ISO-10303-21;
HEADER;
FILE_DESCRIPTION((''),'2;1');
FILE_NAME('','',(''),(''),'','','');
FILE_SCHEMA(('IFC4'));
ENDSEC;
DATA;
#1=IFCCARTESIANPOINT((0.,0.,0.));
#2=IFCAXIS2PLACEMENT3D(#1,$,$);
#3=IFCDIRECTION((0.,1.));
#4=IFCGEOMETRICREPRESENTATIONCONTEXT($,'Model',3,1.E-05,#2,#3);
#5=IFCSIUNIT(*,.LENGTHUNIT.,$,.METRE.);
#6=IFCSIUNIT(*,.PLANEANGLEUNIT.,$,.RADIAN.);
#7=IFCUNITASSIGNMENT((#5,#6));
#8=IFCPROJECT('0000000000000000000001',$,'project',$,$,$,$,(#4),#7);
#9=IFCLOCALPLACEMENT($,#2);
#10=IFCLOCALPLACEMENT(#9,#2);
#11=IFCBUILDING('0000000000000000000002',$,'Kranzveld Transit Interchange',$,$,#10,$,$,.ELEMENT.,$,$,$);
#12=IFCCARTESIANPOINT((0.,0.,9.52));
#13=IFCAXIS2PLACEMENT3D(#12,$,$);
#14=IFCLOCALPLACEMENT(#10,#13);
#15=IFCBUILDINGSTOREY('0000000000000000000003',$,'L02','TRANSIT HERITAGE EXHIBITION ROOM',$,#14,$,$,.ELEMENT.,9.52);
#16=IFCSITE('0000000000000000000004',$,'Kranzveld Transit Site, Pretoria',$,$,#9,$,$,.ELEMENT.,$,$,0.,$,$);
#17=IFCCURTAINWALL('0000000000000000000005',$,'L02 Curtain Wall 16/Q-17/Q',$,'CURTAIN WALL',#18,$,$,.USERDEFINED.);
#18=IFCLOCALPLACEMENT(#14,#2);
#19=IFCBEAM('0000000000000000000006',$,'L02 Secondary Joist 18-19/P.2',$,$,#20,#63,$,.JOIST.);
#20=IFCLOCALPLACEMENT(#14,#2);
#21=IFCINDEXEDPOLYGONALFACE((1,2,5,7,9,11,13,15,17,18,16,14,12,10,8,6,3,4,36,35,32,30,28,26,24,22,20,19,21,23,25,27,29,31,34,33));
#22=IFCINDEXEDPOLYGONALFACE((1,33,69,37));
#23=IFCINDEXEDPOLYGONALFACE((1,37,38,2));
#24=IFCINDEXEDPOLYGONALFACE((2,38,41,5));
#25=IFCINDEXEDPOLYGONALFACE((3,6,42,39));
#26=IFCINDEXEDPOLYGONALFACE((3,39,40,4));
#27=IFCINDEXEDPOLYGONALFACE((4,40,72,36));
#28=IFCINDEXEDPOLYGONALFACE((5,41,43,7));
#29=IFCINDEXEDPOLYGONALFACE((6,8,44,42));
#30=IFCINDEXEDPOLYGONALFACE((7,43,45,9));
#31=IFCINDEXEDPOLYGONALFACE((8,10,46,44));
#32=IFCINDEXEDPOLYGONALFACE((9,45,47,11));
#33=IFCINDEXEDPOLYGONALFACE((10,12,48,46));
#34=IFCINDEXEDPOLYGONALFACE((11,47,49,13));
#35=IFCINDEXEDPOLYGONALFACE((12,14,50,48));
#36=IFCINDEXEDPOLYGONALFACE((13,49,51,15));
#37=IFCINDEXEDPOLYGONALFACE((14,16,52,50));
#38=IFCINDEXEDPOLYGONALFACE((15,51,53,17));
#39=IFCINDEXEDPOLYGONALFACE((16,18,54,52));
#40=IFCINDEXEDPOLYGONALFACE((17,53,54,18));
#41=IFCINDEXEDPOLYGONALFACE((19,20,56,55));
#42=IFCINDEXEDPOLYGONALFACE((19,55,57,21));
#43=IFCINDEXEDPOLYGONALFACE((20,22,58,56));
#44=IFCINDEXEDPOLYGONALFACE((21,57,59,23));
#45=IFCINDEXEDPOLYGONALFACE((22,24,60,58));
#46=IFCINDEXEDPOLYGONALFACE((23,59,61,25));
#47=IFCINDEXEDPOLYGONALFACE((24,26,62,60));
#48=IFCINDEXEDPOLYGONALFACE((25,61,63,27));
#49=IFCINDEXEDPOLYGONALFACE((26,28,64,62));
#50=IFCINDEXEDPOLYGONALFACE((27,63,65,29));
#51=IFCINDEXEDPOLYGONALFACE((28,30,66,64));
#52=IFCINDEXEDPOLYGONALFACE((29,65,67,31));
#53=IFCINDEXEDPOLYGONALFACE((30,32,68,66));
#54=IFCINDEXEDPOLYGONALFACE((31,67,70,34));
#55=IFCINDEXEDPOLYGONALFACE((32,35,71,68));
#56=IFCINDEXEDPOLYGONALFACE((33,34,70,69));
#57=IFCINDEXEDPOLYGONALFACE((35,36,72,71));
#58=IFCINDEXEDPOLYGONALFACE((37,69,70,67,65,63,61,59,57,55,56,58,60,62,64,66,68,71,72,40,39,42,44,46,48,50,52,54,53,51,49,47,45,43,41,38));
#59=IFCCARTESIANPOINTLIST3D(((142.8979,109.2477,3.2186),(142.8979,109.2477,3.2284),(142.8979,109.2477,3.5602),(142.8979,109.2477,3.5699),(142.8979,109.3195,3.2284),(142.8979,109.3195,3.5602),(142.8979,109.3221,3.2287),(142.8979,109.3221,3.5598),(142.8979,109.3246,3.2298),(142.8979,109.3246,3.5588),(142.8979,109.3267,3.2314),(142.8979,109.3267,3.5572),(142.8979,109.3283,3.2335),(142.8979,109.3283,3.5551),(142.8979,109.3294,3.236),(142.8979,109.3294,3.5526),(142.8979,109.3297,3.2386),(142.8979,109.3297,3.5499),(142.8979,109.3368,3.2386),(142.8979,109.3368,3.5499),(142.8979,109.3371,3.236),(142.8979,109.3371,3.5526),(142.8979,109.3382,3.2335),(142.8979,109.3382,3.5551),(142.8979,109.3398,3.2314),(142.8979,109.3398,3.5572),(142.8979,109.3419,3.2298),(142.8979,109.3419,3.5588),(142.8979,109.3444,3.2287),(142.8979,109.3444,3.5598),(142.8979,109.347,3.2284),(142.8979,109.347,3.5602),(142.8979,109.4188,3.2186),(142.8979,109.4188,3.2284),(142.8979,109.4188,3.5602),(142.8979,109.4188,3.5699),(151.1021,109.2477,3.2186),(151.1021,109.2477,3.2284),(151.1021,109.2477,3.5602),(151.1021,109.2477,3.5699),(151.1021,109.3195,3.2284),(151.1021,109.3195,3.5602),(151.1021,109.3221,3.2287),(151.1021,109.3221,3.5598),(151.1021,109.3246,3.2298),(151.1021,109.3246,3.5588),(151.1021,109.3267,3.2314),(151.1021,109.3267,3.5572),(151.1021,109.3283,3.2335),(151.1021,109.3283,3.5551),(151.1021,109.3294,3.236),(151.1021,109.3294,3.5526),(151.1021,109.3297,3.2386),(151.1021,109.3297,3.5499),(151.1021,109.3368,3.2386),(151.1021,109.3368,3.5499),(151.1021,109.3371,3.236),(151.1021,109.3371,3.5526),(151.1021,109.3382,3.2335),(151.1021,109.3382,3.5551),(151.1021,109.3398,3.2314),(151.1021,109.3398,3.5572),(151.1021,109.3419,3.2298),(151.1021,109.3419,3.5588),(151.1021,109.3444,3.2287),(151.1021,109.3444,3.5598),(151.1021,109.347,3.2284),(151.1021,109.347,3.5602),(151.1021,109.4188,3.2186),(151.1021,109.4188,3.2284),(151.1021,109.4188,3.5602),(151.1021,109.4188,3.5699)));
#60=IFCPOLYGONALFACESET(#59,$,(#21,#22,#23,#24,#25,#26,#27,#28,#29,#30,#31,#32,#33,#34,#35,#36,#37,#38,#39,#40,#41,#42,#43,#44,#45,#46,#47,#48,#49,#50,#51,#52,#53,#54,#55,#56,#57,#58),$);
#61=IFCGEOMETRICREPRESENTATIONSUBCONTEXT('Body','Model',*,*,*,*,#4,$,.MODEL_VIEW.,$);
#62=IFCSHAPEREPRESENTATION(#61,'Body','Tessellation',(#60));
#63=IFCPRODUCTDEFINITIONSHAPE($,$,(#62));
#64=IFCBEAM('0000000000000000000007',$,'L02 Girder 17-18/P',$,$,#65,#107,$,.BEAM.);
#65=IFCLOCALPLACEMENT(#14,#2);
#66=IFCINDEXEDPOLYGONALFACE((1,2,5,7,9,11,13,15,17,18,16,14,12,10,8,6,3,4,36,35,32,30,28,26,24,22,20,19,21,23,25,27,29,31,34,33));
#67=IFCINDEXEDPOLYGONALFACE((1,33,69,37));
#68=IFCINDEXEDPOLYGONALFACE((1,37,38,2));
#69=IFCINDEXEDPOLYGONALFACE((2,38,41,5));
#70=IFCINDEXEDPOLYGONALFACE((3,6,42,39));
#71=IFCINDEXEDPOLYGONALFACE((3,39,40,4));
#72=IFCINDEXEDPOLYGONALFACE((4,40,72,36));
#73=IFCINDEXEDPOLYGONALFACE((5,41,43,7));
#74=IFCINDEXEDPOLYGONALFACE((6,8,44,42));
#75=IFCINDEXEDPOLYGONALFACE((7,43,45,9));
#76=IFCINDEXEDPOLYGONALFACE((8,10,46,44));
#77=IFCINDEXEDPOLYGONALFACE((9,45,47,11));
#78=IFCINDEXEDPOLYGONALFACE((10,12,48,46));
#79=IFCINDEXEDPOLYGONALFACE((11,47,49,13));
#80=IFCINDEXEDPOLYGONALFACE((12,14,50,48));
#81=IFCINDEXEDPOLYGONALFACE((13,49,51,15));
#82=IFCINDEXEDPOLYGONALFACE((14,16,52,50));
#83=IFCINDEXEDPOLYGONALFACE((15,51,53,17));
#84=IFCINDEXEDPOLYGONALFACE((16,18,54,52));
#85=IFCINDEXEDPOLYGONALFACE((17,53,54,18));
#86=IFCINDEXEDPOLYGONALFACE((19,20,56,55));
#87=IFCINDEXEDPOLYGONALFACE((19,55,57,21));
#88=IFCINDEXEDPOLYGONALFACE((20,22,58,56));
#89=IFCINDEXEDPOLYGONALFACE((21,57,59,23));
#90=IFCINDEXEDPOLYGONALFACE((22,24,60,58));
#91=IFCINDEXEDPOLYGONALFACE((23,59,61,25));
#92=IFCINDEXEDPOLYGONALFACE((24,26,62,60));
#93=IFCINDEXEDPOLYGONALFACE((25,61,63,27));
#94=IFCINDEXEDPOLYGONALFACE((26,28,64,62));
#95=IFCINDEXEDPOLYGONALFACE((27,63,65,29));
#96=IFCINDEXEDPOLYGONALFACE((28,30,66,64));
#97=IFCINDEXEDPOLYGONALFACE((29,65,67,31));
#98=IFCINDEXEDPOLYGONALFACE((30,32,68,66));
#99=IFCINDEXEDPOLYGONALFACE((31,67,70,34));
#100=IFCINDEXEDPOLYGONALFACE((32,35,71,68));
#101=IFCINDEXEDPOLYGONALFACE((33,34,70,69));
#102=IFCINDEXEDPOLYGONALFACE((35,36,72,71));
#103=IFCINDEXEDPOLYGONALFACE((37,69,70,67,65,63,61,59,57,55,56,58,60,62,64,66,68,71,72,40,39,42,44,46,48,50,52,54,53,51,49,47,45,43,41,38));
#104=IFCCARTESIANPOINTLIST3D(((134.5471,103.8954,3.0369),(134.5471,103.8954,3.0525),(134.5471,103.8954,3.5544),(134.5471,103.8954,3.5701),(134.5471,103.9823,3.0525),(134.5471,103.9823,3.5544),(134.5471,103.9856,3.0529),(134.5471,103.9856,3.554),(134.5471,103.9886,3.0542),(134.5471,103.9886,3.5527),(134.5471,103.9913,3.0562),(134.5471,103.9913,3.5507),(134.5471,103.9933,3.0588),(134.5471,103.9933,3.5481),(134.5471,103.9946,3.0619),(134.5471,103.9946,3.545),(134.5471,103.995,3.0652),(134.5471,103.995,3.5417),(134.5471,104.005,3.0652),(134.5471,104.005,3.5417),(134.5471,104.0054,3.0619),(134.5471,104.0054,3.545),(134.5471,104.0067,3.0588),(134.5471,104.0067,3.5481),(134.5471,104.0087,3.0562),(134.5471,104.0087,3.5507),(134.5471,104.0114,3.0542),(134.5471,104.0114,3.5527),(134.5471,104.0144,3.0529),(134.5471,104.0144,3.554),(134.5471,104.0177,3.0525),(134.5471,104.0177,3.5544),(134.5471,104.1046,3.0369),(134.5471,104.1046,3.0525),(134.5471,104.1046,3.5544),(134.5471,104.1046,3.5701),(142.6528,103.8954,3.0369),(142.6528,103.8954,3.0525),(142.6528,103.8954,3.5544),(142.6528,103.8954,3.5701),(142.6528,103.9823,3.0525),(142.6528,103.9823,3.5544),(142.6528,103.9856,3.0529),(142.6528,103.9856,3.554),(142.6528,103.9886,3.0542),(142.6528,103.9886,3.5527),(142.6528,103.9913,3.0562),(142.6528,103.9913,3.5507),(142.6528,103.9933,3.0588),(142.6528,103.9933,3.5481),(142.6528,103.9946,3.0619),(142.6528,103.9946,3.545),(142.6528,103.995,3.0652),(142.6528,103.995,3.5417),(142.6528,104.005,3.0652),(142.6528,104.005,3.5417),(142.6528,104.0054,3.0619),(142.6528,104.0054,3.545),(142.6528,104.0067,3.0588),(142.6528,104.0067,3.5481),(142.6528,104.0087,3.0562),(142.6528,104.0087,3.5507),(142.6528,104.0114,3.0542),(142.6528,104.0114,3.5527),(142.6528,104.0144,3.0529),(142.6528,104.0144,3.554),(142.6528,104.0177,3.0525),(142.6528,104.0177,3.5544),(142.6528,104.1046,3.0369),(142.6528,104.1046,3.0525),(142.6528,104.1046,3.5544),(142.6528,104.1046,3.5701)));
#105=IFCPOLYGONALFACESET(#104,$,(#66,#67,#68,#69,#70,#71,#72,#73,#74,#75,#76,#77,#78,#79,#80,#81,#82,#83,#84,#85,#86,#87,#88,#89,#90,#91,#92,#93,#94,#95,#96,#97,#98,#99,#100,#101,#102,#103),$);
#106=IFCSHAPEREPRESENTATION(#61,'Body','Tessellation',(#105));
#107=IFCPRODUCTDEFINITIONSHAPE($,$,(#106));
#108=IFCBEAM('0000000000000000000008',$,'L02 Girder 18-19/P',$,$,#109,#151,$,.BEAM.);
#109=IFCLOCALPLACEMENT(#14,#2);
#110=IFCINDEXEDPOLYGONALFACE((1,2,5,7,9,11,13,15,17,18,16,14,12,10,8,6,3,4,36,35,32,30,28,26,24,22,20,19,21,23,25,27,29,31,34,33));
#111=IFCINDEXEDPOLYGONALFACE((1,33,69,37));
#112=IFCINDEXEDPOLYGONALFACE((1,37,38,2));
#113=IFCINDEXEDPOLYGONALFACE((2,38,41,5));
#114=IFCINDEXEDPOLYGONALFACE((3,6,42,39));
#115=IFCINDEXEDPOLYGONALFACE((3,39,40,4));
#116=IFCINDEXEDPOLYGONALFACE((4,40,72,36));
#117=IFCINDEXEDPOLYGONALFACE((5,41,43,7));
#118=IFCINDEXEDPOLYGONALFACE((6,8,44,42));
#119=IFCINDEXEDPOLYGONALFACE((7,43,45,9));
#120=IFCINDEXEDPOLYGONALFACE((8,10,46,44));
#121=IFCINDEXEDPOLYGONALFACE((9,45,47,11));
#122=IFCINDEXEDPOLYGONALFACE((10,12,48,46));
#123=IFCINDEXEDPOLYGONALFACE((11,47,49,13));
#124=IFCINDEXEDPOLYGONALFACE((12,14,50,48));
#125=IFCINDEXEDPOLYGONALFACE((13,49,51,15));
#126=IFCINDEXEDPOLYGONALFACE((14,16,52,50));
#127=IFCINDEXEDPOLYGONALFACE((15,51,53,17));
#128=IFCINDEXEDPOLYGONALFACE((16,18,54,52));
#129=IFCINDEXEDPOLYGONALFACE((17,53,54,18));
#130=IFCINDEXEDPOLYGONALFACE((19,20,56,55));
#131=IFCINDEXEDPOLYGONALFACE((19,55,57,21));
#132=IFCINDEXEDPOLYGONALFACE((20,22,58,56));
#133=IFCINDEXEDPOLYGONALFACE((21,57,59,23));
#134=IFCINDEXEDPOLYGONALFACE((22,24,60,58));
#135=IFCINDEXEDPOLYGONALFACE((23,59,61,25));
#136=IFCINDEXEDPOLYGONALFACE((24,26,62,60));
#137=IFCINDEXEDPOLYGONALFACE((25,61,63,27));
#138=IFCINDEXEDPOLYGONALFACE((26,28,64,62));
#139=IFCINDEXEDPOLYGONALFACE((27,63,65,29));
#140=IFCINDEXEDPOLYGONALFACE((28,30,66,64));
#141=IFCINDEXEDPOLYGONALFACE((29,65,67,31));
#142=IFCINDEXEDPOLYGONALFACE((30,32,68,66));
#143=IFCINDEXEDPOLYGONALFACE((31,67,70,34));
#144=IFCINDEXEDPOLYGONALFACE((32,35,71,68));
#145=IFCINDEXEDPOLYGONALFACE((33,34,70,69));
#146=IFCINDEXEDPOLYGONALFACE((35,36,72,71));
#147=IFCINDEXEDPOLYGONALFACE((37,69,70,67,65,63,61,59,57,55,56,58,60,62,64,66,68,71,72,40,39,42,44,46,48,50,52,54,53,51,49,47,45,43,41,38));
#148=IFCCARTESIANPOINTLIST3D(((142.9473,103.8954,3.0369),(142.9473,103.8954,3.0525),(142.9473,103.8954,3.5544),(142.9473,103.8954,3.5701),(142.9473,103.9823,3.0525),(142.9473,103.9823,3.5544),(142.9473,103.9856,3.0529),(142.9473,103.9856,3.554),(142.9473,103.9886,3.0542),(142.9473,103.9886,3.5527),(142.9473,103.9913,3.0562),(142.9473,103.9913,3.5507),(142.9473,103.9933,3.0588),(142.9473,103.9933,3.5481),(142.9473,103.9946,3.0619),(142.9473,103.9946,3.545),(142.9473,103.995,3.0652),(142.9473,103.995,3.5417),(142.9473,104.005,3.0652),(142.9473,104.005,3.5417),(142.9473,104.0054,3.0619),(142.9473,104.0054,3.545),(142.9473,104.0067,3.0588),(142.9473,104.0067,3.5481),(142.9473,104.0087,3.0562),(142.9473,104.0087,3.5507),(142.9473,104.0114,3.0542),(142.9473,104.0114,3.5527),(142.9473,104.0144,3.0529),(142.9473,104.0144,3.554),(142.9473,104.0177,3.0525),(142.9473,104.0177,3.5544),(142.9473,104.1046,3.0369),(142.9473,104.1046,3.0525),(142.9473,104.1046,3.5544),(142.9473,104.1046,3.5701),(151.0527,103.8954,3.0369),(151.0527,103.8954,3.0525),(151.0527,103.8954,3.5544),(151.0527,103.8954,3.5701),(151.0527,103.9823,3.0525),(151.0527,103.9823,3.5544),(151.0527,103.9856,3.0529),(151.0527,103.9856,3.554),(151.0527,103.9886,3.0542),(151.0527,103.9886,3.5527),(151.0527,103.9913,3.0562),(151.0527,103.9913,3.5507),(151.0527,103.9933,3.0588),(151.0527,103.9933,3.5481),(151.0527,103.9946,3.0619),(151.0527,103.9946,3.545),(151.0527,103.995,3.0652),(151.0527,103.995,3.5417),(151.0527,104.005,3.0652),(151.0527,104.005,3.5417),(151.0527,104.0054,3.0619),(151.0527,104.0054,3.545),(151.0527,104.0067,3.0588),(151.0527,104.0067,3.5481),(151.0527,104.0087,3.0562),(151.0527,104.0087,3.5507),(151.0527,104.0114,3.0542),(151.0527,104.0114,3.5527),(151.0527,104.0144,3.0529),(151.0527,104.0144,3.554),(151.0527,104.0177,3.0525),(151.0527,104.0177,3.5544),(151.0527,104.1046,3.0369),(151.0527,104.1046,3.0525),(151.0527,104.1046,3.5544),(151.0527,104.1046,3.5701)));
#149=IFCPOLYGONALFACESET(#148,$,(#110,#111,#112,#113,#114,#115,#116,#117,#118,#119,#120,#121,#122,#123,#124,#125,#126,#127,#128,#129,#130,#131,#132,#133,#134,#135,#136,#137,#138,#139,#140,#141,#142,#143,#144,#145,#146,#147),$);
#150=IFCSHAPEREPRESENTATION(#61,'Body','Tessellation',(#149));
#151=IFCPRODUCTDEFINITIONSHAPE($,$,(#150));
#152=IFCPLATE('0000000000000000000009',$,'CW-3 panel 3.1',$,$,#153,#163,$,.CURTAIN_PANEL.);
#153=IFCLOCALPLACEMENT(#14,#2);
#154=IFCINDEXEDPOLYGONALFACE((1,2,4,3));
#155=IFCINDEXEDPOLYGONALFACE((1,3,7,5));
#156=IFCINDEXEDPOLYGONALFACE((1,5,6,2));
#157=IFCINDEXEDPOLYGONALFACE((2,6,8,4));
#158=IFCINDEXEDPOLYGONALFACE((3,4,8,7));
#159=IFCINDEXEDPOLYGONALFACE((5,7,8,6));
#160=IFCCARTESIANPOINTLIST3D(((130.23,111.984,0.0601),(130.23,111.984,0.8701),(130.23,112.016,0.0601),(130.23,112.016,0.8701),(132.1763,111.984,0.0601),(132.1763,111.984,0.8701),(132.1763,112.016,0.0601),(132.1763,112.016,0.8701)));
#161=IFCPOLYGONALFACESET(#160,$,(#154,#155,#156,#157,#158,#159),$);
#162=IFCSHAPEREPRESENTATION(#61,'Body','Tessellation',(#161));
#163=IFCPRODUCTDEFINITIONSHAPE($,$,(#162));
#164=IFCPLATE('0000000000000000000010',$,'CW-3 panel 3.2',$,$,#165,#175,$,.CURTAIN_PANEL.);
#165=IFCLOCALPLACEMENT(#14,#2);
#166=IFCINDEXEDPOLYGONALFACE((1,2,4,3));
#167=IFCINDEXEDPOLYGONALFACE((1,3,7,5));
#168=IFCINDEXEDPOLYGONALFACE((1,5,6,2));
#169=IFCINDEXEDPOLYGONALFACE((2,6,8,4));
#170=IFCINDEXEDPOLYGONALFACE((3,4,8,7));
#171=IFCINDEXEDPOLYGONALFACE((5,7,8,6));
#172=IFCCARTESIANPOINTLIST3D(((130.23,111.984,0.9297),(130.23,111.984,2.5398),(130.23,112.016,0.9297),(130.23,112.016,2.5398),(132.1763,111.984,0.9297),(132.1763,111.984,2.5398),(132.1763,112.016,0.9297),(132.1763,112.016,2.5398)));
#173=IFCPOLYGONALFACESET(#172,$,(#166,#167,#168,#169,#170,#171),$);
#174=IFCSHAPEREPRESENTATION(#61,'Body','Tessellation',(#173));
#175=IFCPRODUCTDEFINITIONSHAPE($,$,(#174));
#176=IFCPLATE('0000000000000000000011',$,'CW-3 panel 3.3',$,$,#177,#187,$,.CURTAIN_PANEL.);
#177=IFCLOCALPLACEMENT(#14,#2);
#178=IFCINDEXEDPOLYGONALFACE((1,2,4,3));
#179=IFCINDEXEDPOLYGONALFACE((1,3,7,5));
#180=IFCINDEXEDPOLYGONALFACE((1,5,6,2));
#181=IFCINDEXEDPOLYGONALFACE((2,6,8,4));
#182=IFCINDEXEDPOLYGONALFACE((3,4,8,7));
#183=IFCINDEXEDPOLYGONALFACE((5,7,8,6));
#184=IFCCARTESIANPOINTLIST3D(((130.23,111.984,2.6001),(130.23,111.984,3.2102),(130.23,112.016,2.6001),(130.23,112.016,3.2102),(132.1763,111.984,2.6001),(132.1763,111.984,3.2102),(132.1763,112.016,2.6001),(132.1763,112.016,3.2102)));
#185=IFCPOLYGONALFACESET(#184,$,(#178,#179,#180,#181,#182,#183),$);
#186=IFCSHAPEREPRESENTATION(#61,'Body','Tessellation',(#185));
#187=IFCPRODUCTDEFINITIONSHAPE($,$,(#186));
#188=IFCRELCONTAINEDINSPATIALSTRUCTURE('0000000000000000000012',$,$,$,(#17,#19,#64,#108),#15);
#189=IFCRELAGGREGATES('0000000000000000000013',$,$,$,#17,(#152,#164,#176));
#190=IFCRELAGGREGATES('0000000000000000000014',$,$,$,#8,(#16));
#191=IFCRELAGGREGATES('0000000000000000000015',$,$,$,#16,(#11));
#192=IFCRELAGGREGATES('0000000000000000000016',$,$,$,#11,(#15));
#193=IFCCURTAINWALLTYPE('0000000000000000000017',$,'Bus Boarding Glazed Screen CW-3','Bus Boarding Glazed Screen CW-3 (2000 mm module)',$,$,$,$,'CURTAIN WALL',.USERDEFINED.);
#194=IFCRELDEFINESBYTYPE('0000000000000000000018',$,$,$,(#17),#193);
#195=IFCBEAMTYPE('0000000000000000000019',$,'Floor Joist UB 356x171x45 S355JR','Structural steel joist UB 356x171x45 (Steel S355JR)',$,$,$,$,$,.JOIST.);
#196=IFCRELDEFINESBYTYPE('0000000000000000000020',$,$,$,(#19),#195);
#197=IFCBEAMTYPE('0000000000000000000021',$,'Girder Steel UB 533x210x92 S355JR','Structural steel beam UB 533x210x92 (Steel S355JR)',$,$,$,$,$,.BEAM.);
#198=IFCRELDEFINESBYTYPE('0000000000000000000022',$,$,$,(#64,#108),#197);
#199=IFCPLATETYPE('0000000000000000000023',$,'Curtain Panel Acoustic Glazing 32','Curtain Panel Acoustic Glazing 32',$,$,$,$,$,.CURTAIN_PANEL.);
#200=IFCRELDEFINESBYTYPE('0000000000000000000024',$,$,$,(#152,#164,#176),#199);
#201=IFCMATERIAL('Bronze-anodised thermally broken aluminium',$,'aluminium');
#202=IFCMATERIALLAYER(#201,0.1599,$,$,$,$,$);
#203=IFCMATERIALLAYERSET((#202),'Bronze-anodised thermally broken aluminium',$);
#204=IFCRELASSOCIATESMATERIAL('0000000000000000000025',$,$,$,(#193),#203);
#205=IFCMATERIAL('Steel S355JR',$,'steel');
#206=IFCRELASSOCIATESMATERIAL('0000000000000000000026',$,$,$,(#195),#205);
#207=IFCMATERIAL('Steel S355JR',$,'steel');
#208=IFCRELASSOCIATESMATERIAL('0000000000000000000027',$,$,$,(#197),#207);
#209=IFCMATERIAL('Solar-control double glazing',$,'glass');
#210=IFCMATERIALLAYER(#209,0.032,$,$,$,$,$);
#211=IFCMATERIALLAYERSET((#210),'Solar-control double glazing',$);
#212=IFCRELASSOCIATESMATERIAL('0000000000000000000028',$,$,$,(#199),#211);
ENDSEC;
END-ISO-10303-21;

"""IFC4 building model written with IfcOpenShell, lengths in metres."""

from ifc_helpers import new_model, si_unit, direction, frame, origin, origin_2d, place, context, subcontext, project, spatial, rectangle, i_section, extrude, material, layer, layer_set, material_profile, profile_set, type_object, element, aggregate, save


model = new_model("IFC4")

# Units and contexts
model_context = context("Model", 3, precision=1e-05, world=origin(), true_north=direction((0.0, 1.0)))
body_context = subcontext(model_context, "Body", "Model", "MODEL_VIEW")
ifc_project = project(units=[si_unit("LENGTHUNIT", "METRE"), si_unit("PLANEANGLEUNIT", "RADIAN")], contexts=[model_context])

# Site, building, storey
site_placement = place(None, origin())
site = spatial("IfcSite", under=ifc_project, at=site_placement, Name="Kranzveld Transit Site, Pretoria", CompositionType="ELEMENT", RefElevation=0.0)
building_placement = place(site_placement, origin())
building = spatial("IfcBuilding", under=site, at=building_placement, Name="Kranzveld Transit Interchange", CompositionType="ELEMENT")
storey_placement = place(building_placement, frame((0.0, 0.0, 9.52)))
storey = spatial("IfcBuildingStorey", under=building, at=storey_placement, Name="L02", Description="TRANSIT HERITAGE EXHIBITION ROOM", CompositionType="ELEMENT", Elevation=9.52)

# Curtain wall
ifc_material_1 = material(Name="Bronze-anodised thermally broken aluminium", Category="aluminium")
ifc_layer_1 = layer(ifc_material_1, 0.1599)
ifc_layer_set_1 = layer_set([ifc_layer_1], Name="Bronze-anodised thermally broken aluminium")
curtain_wall_type_1 = type_object("IfcCurtainWallType", Name="Bus Boarding Glazed Screen CW-3", Description="Bus Boarding Glazed Screen CW-3 (2000 mm module)", ElementType="CURTAIN WALL", PredefinedType="USERDEFINED", material=ifc_layer_set_1)
curtain_wall_1_placement = place(storey_placement, origin())
curtain_wall_1 = element("IfcCurtainWall", 1, at=curtain_wall_1_placement, inside=storey, type_object=curtain_wall_type_1, Name="L02 Curtain Wall 16/Q-17/Q", ObjectType="CURTAIN WALL", PredefinedType="USERDEFINED")

# Beams
ifc_material_2 = material(Name="Steel S355JR", Category="steel")
ifc_material_profile_1 = material_profile(ifc_material_2, i_section(OverallWidth=0.1711, OverallDepth=0.3513, WebThickness=0.0071, FlangeThickness=0.0098, FilletRadius=0.0103, at=origin_2d()), Name="UB 356x171x45")
ifc_profile_set_1 = profile_set([ifc_material_profile_1], Name="Steel S355JR")
beam_type_1 = type_object("IfcBeamType", Name="Floor Joist UB 356x171x45 S355JR", Description="Structural steel joist UB 356x171x45 (Steel S355JR)", PredefinedType="JOIST", material=ifc_profile_set_1)
for number, where, z_axis, x_axis, name in (
    (2, (142.8979, 109.3333, 3.3943), (1.0, 0.0, 0.0), (0.0, 1.0, 0.0), "L02 Secondary Joist 18-19/P.2"),
):
    element("IfcBeam", number, at=place(storey_placement, frame(where, z_axis=z_axis, x_axis=x_axis)), inside=storey, type_object=beam_type_1, Name=name, PredefinedType="JOIST", context=body_context, shape_type="SweptSolid", body=[
        extrude(i_section(OverallWidth=0.1711, OverallDepth=0.3513, WebThickness=0.0071, FlangeThickness=0.0098, FilletRadius=0.0103, at=origin_2d()), origin(), (0.0, 0.0, 1.0), 8.2041),
    ])
ifc_material_3 = material(Name="Steel S355JR", Category="steel")
ifc_material_profile_2 = material_profile(ifc_material_3, i_section(OverallWidth=0.2092, OverallDepth=0.5332, WebThickness=0.01, FlangeThickness=0.0156, FilletRadius=0.0127, at=origin_2d()), Name="UB 533x210x92")
ifc_profile_set_2 = profile_set([ifc_material_profile_2], Name="Steel S355JR")
beam_type_2 = type_object("IfcBeamType", Name="Girder Steel UB 533x210x92 S355JR", Description="Structural steel beam UB 533x210x92 (Steel S355JR)", PredefinedType="BEAM", material=ifc_profile_set_2)
beam_1_placement = place(storey_placement, frame((134.5471, 104.0, 3.3035), z_axis=(1.0, 0.0, 0.0), x_axis=(0.0, 1.0, 0.0)))
element("IfcBeam", 3, at=beam_1_placement, inside=storey, type_object=beam_type_2, Name="L02 Girder 17-18/P", PredefinedType="BEAM", context=body_context, shape_type="SweptSolid", body=[
    extrude(i_section(OverallWidth=0.2092, OverallDepth=0.5332, WebThickness=0.01, FlangeThickness=0.0156, FilletRadius=0.0127, at=origin_2d()), origin(), (0.0, 0.0, 1.0), 8.1057),
])
beam_2_placement = place(storey_placement, frame((142.9473, 104.0, 3.3035), z_axis=(1.0, 0.0, 0.0), x_axis=(0.0, 1.0, 0.0)))
element("IfcBeam", 4, at=beam_2_placement, inside=storey, type_object=beam_type_2, Name="L02 Girder 18-19/P", PredefinedType="BEAM", context=body_context, shape_type="SweptSolid", body=[
    extrude(i_section(OverallWidth=0.2092, OverallDepth=0.5332, WebThickness=0.01, FlangeThickness=0.0156, FilletRadius=0.0127, at=origin_2d()), origin(), (0.0, 0.0, 1.0), 8.1055),
])

# Plates
ifc_material_4 = material(Name="Solar-control double glazing", Category="glass")
ifc_layer_2 = layer(ifc_material_4, 0.032)
ifc_layer_set_2 = layer_set([ifc_layer_2], Name="Solar-control double glazing")
plate_type_1 = type_object("IfcPlateType", Name="Curtain Panel Acoustic Glazing 32", Description="Curtain Panel Acoustic Glazing 32", PredefinedType="CURTAIN_PANEL", material=ifc_layer_set_2)
plate_1_placement = place(storey_placement, frame((131.2031, 112.0, 0.0601), z_axis=(0.0, 0.0, 1.0), x_axis=(1.0, 0.0, 0.0)))
plate_1 = element("IfcPlate", 5, at=plate_1_placement, type_object=plate_type_1, Name="CW-3 panel 3.1", PredefinedType="CURTAIN_PANEL", context=body_context, shape_type="SweptSolid", body=[
    extrude(rectangle(XDim=1.9463, YDim=0.032, at=origin_2d()), origin(), (0.0, 0.0, 1.0), 0.8101),
])
plate_2_placement = place(storey_placement, frame((131.2031, 112.0, 0.9297), z_axis=(0.0, 0.0, 1.0), x_axis=(1.0, 0.0, 0.0)))
plate_2 = element("IfcPlate", 6, at=plate_2_placement, type_object=plate_type_1, Name="CW-3 panel 3.2", PredefinedType="CURTAIN_PANEL", context=body_context, shape_type="SweptSolid", body=[
    extrude(rectangle(XDim=1.9463, YDim=0.032, at=origin_2d()), origin(), (0.0, 0.0, 1.0), 1.6101),
])
plate_3_placement = place(storey_placement, frame((131.2031, 112.0, 2.6001), z_axis=(0.0, 0.0, 1.0), x_axis=(1.0, 0.0, 0.0)))
plate_3 = element("IfcPlate", 7, at=plate_3_placement, type_object=plate_type_1, Name="CW-3 panel 3.3", PredefinedType="CURTAIN_PANEL", context=body_context, shape_type="SweptSolid", body=[
    extrude(rectangle(XDim=1.9463, YDim=0.032, at=origin_2d()), origin(), (0.0, 0.0, 1.0), 0.6101),
])
aggregate(curtain_wall_1, [plate_1, plate_2, plate_3])

save(model, "model.ifc")
